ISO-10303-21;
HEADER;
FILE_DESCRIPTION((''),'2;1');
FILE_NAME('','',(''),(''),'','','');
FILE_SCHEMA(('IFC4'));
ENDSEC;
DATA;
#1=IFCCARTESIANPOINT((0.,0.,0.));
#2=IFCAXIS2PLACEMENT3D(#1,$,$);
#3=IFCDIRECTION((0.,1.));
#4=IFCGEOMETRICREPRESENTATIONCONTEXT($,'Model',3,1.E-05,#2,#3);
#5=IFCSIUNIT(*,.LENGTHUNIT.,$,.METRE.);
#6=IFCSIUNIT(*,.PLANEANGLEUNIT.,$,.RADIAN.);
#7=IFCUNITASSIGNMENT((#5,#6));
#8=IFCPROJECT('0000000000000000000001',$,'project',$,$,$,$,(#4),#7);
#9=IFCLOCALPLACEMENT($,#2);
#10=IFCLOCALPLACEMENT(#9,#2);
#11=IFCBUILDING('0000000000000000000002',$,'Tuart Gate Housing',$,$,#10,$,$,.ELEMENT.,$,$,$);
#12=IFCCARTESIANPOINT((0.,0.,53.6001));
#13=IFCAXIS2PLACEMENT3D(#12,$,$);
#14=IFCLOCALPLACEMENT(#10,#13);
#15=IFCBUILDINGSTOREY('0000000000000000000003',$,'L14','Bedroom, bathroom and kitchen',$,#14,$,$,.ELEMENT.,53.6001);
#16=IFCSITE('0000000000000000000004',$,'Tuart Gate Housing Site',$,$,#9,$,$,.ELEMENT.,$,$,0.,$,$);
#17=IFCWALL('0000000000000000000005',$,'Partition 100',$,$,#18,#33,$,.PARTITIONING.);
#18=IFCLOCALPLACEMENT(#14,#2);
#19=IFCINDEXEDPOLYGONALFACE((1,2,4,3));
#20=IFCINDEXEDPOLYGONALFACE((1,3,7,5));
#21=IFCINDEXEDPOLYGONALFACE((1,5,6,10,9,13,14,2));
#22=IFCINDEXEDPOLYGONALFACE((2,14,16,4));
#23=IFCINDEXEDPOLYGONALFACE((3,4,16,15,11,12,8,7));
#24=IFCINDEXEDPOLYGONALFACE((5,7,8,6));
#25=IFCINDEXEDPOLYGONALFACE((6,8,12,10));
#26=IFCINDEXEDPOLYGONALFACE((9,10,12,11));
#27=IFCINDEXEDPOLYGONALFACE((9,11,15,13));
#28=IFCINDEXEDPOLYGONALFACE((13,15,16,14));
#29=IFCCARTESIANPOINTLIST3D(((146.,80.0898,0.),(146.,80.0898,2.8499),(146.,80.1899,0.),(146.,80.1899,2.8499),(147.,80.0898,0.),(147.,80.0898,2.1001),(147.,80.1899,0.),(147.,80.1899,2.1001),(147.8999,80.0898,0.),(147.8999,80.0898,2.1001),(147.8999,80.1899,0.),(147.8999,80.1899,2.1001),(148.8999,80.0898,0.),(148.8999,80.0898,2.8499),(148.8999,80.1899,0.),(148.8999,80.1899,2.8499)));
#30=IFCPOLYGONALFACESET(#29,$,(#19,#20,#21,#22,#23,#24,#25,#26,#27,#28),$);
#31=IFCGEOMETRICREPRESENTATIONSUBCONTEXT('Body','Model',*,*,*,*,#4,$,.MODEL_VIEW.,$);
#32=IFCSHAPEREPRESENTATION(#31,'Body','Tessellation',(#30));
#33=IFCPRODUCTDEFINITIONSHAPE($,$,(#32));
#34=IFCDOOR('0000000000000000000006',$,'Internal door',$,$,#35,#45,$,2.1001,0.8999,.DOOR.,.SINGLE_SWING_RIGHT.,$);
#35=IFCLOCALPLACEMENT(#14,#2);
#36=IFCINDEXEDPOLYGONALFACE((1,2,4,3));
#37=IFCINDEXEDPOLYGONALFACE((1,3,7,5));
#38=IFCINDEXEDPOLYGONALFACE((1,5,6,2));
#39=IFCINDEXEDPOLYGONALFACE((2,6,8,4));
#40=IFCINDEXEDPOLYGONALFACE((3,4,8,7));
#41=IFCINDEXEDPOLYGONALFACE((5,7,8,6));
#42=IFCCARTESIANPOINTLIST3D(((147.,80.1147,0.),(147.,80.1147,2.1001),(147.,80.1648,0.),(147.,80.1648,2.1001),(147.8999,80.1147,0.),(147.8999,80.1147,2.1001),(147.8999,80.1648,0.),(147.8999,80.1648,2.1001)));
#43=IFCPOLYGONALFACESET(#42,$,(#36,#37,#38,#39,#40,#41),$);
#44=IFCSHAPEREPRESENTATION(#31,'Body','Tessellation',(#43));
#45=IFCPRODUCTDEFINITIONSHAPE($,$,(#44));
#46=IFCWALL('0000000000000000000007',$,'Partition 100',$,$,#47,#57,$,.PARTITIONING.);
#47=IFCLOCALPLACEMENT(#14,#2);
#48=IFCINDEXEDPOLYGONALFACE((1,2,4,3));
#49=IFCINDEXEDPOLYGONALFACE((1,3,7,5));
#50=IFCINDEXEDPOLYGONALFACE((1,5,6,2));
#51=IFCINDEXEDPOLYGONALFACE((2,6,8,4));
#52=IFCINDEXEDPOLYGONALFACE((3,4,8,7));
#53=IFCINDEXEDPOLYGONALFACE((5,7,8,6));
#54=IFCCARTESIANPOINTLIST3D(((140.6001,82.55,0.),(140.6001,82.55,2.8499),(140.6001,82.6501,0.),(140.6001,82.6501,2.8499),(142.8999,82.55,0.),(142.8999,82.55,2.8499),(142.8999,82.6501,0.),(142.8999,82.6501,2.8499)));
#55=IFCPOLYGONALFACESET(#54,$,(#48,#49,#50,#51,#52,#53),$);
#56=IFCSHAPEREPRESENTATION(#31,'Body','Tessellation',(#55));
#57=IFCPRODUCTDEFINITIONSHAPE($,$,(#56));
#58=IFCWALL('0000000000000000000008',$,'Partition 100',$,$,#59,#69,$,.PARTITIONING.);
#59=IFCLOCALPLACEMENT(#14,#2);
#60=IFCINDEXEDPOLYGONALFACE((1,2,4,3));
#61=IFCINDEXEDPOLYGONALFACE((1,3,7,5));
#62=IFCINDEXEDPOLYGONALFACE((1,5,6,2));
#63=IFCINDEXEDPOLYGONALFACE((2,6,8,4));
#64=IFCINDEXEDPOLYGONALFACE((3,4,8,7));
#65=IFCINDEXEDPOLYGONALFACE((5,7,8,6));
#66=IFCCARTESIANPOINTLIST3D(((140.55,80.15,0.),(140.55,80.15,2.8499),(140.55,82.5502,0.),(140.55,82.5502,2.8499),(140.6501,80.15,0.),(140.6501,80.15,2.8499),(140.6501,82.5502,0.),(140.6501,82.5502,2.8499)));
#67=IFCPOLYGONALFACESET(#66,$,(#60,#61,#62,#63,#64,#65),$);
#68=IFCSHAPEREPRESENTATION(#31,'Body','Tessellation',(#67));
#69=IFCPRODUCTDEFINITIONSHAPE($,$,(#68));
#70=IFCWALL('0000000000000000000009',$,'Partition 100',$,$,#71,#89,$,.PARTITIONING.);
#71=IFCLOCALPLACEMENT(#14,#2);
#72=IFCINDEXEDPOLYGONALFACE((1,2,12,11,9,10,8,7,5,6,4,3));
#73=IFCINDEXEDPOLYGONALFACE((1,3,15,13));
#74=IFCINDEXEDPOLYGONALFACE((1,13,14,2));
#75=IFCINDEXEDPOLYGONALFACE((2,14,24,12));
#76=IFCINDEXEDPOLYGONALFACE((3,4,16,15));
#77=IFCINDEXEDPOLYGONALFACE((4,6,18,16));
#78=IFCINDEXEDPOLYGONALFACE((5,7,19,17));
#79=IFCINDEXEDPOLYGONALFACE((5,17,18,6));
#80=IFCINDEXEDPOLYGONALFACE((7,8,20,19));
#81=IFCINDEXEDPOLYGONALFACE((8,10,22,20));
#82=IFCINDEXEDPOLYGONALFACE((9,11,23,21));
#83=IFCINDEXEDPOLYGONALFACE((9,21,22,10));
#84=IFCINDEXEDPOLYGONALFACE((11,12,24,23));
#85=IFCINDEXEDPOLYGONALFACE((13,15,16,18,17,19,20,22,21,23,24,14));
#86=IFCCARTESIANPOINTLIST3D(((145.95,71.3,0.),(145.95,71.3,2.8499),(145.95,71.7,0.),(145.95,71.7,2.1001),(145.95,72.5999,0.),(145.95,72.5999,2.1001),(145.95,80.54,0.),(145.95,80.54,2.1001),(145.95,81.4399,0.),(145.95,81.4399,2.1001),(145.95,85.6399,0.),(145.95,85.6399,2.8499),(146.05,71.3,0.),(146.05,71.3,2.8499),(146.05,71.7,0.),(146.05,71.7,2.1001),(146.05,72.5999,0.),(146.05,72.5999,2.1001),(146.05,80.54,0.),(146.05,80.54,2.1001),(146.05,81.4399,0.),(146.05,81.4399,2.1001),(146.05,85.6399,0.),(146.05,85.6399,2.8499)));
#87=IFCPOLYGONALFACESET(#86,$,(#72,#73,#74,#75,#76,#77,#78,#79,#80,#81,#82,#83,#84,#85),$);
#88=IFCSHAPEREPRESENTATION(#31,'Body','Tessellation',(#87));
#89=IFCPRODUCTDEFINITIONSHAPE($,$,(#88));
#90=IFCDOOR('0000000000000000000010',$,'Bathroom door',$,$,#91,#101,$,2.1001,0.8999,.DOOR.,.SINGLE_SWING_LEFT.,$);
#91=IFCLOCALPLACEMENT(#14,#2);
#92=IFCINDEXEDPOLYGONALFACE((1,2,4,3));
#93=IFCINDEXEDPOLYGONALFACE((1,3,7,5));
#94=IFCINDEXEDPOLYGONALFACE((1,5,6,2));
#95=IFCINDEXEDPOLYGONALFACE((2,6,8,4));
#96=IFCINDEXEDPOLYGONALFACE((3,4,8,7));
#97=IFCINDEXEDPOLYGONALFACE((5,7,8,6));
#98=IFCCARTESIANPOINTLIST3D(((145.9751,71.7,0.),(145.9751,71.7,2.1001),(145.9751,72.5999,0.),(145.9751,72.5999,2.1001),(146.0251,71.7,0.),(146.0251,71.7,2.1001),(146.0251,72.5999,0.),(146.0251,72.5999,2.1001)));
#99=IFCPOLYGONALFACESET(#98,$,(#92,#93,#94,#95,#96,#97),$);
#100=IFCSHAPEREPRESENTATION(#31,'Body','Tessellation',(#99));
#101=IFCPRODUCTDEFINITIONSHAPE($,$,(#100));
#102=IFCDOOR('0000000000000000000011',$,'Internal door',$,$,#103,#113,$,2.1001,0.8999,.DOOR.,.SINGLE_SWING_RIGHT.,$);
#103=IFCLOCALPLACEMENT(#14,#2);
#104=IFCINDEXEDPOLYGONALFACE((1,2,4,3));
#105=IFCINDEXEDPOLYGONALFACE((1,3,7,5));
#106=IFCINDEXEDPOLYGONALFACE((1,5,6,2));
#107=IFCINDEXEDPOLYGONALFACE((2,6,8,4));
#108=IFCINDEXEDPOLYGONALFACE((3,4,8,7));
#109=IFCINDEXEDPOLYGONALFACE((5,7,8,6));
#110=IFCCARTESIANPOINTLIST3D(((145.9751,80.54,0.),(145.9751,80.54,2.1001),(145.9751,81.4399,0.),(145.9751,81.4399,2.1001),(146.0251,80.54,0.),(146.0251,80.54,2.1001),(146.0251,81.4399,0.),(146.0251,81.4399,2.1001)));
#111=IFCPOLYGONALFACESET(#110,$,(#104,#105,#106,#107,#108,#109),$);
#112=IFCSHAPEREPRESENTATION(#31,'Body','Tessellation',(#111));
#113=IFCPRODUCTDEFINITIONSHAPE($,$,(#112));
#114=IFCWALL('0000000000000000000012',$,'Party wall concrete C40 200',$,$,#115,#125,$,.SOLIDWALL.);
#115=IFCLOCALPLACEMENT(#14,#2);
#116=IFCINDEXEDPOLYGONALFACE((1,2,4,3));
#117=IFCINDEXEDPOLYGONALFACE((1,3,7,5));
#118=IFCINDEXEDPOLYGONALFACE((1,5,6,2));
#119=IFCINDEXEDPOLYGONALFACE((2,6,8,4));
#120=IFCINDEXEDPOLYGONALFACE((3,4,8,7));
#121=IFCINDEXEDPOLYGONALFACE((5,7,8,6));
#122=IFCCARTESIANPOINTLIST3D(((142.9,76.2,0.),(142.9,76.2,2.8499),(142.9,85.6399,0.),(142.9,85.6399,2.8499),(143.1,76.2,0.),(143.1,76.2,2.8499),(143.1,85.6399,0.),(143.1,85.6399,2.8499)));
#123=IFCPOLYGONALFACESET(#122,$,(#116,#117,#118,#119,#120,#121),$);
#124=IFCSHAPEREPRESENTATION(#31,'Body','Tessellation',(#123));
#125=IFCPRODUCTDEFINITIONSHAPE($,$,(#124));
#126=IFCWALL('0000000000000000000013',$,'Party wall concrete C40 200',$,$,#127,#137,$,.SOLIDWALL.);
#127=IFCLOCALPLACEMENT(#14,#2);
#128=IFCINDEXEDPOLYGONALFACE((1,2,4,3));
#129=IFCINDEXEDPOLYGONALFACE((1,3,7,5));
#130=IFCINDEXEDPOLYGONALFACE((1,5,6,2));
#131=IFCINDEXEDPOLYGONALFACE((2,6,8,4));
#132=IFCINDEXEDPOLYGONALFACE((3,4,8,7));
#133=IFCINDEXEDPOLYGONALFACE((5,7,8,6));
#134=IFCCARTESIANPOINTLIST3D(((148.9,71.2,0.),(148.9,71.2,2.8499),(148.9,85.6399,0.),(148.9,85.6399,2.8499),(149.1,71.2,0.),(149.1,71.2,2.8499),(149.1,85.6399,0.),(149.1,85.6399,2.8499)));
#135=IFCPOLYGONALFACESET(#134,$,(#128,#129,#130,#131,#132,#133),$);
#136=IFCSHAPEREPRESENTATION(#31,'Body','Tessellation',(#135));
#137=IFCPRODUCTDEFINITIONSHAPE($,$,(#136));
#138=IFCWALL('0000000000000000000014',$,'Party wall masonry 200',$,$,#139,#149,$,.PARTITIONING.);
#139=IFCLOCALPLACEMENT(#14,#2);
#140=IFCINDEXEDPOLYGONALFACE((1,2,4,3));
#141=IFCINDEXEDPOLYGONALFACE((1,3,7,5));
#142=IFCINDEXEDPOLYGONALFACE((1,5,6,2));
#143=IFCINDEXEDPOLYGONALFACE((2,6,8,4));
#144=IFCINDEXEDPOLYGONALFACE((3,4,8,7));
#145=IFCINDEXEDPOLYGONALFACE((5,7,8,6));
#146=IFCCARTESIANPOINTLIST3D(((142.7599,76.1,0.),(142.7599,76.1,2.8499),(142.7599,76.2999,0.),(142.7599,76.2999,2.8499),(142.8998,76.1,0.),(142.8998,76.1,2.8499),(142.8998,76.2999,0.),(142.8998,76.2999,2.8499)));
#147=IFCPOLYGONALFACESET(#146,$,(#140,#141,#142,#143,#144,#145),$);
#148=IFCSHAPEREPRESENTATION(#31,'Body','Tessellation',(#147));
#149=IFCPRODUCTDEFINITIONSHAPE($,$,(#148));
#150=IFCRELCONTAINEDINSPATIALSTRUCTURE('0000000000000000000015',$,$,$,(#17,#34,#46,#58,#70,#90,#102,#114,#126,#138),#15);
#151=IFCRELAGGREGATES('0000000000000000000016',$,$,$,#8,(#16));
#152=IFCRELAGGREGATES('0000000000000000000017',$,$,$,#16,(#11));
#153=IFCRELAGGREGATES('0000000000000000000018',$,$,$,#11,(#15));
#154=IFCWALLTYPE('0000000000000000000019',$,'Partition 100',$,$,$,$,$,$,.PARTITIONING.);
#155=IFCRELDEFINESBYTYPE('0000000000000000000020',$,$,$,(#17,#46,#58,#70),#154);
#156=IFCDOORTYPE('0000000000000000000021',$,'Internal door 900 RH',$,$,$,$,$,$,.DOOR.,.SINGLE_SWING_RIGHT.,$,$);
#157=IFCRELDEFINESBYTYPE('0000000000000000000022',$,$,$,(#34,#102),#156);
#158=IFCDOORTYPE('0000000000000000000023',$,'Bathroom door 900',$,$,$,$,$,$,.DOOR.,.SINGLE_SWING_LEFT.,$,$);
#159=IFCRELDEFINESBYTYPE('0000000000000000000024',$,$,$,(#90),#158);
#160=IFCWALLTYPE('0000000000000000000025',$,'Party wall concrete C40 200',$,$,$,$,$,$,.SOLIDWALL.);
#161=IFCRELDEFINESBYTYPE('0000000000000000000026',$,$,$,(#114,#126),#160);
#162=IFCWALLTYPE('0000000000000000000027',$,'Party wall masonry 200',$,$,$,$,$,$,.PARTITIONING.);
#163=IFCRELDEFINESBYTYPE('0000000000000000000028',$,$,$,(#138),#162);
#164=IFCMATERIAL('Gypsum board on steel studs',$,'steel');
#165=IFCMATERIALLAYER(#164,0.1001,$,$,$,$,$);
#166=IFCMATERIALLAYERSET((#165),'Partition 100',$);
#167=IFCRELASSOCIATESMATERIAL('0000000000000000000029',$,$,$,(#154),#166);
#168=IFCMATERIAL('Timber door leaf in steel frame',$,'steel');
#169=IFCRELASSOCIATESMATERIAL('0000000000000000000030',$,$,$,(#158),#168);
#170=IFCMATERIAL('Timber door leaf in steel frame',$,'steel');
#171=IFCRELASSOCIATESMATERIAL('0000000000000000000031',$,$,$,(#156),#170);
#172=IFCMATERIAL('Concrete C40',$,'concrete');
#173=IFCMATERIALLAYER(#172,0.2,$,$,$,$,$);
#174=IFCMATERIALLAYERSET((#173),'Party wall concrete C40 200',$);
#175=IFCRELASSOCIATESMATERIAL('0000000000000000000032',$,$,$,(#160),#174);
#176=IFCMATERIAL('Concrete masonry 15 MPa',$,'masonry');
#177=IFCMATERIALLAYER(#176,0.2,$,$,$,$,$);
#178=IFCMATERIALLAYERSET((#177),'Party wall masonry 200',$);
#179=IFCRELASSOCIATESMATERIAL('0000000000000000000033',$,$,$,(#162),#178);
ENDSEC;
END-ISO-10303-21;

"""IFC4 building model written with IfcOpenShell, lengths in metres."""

from ifc_helpers import new_model, si_unit, direction, frame, frame_2d, origin, place, context, subcontext, project, spatial, rectangle, extrude, material, layer, layer_set, type_object, element, fill, save


model = new_model("IFC4")

# Units and contexts
model_context = context("Model", 3, precision=1e-05, world=origin(), true_north=direction((0.0, 1.0)))
body_context = subcontext(model_context, "Body", "Model", "MODEL_VIEW")
ifc_project = project(units=[si_unit("LENGTHUNIT", "METRE"), si_unit("PLANEANGLEUNIT", "RADIAN")], contexts=[model_context])

# Site, building, storey
site_placement = place(None, origin())
site = spatial("IfcSite", under=ifc_project, at=site_placement, Name="Tuart Gate Housing Site", CompositionType="ELEMENT", RefElevation=0.0)
building_placement = place(site_placement, origin())
building = spatial("IfcBuilding", under=site, at=building_placement, Name="Tuart Gate Housing", CompositionType="ELEMENT")
storey_placement = place(building_placement, frame((0.0, 0.0, 53.6001)))
storey = spatial("IfcBuildingStorey", under=building, at=storey_placement, Name="L14", Description="Bedroom, bathroom and kitchen", CompositionType="ELEMENT", Elevation=53.6001)

# Shared definitions
ifc_material_1 = material(Name="Gypsum board on steel studs", Category="steel")
ifc_layer_1 = layer(ifc_material_1, 0.1001)
ifc_layer_set_1 = layer_set([ifc_layer_1], Name="Partition 100")
wall_type_1 = type_object("IfcWallType", Name="Partition 100", PredefinedType="PARTITIONING", material=ifc_layer_set_1)

# Shared definitions
ifc_material_2 = material(Name="Timber door leaf in steel frame", Category="steel")
door_type_1 = type_object("IfcDoorType", Name="Bathroom door 900", OperationType="SINGLE_SWING_LEFT", PredefinedType="DOOR", material=ifc_material_2)
ifc_material_3 = material(Name="Timber door leaf in steel frame", Category="steel")
door_type_2 = type_object("IfcDoorType", Name="Internal door 900 RH", OperationType="SINGLE_SWING_RIGHT", PredefinedType="DOOR", material=ifc_material_3)

# Wall, opening, door
wall_1_placement = place(storey_placement, frame((146.0, 80.1399, 0.0), z_axis=(0.0, 0.0, 1.0), x_axis=(1.0, 0.0, 0.0)))
wall_1 = element("IfcWall", 1, at=wall_1_placement, inside=storey, type_object=wall_type_1, Name="Partition 100", PredefinedType="PARTITIONING", context=body_context, shape_type="SweptSolid", body=[
    extrude(rectangle(XDim=2.8999, YDim=0.1001, at=frame_2d((1.45, 0.0))), origin(), (0.0, 0.0, 1.0), 2.8499),
])
opening_1_placement = place(wall_1_placement, frame((1.0, 0.0, 0.0)))
opening_1 = element("IfcOpeningElement", 2, at=opening_1_placement, cuts=wall_1, PredefinedType="OPENING", context=body_context, shape_type="SweptSolid", body=[
    extrude(rectangle(XDim=0.8999, YDim=2.1001, at=frame_2d((0.45, 1.05))), frame((0.0, 0.0601, 0.0), z_axis=(0.0, -1.0, 0.0), x_axis=(1.0, 0.0, 0.0)), (0.0, 0.0, 1.0), 0.1201),
])
door_1_placement = place(opening_1_placement, frame((0.8999, 0.0, 0.0), z_axis=(0.0, 0.0, 1.0), x_axis=(-1.0, 0.0, 0.0)))
door_1 = element("IfcDoor", 3, at=door_1_placement, inside=storey, type_object=door_type_2, Name="Internal door", OperationType="SINGLE_SWING_RIGHT", OverallHeight=2.1001, OverallWidth=0.8999, PredefinedType="DOOR", context=body_context, shape_type="SweptSolid", body=[
    extrude(rectangle(XDim=0.8999, YDim=2.1001, at=frame_2d((0.45, 1.05))), frame((0.0, 0.0251, 0.0), z_axis=(0.0, -1.0, 0.0), x_axis=(1.0, 0.0, 0.0)), (0.0, 0.0, 1.0), 0.05),
])
fill(opening_1, door_1)

# Walls
wall_2_placement = place(storey_placement, frame((140.6001, 82.6001, 0.0), z_axis=(0.0, 0.0, 1.0), x_axis=(1.0, 0.0, 0.0)))
element("IfcWall", 4, at=wall_2_placement, inside=storey, type_object=wall_type_1, Name="Partition 100", PredefinedType="PARTITIONING", context=body_context, shape_type="SweptSolid", body=[
    extrude(rectangle(XDim=2.2998, YDim=0.1001, at=frame_2d((1.1499, 0.0))), origin(), (0.0, 0.0, 1.0), 2.8499),
])
wall_3_placement = place(storey_placement, frame((140.6001, 80.1499, 0.0), z_axis=(0.0, 0.0, 1.0), x_axis=(0.0, 1.0, 0.0)))
element("IfcWall", 5, at=wall_3_placement, inside=storey, type_object=wall_type_1, Name="Partition 100", PredefinedType="PARTITIONING", context=body_context, shape_type="SweptSolid", body=[
    extrude(rectangle(XDim=2.4001, YDim=0.1001, at=frame_2d((1.2002, 0.0))), origin(), (0.0, 0.0, 1.0), 2.8499),
])

# Wall, openings, doors
wall_4_placement = place(storey_placement, frame((146.0, 71.3, 0.0), z_axis=(0.0, 0.0, 1.0), x_axis=(0.0, 1.0, 0.0)))
wall_4 = element("IfcWall", 6, at=wall_4_placement, inside=storey, type_object=wall_type_1, Name="Partition 100", PredefinedType="PARTITIONING", context=body_context, shape_type="SweptSolid", body=[
    extrude(rectangle(XDim=14.3398, YDim=0.1001, at=frame_2d((7.1699, 0.0))), origin(), (0.0, 0.0, 1.0), 2.8499),
])
opening_2_placement = place(wall_4_placement, frame((9.24, 0.0, 0.0)))
opening_2 = element("IfcOpeningElement", 7, at=opening_2_placement, cuts=wall_4, PredefinedType="OPENING", context=body_context, shape_type="SweptSolid", body=[
    extrude(rectangle(XDim=0.8999, YDim=2.1001, at=frame_2d((0.45, 1.05))), frame((0.0, 0.0601, 0.0), z_axis=(0.0, -1.0, 0.0), x_axis=(1.0, 0.0, 0.0)), (0.0, 0.0, 1.0), 0.1201),
])
opening_3_placement = place(wall_4_placement, frame((0.3999, 0.0, 0.0)))
opening_3 = element("IfcOpeningElement", 8, at=opening_3_placement, cuts=wall_4, PredefinedType="OPENING", context=body_context, shape_type="SweptSolid", body=[
    extrude(rectangle(XDim=0.8999, YDim=2.1001, at=frame_2d((0.45, 1.05))), frame((0.0, 0.0601, 0.0), z_axis=(0.0, -1.0, 0.0), x_axis=(1.0, 0.0, 0.0)), (0.0, 0.0, 1.0), 0.1201),
])
door_2_placement = place(opening_3_placement, origin())
door_2 = element("IfcDoor", 9, at=door_2_placement, inside=storey, type_object=door_type_1, Name="Bathroom door", OperationType="SINGLE_SWING_LEFT", OverallHeight=2.1001, OverallWidth=0.8999, PredefinedType="DOOR", context=body_context, shape_type="SweptSolid", body=[
    extrude(rectangle(XDim=0.8999, YDim=2.1001, at=frame_2d((0.45, 1.05))), frame((0.0, 0.0249, 0.0), z_axis=(0.0, -1.0, 0.0), x_axis=(1.0, 0.0, 0.0)), (0.0, 0.0, 1.0), 0.05),
])
fill(opening_3, door_2)
door_3_placement = place(opening_2_placement, origin())
door_3 = element("IfcDoor", 10, at=door_3_placement, inside=storey, type_object=door_type_2, Name="Internal door", OperationType="SINGLE_SWING_RIGHT", OverallHeight=2.1001, OverallWidth=0.8999, PredefinedType="DOOR", context=body_context, shape_type="SweptSolid", body=[
    extrude(rectangle(XDim=0.8999, YDim=2.1001, at=frame_2d((0.45, 1.05))), frame((0.0, 0.0249, 0.0), z_axis=(0.0, -1.0, 0.0), x_axis=(1.0, 0.0, 0.0)), (0.0, 0.0, 1.0), 0.05),
])
fill(opening_2, door_3)

# Walls
ifc_material_4 = material(Name="Concrete C40", Category="concrete")
ifc_layer_2 = layer(ifc_material_4, 0.2)
ifc_layer_set_2 = layer_set([ifc_layer_2], Name="Party wall concrete C40 200")
wall_type_2 = type_object("IfcWallType", Name="Party wall concrete C40 200", PredefinedType="SOLIDWALL", material=ifc_layer_set_2)
wall_5_placement = place(storey_placement, frame((143.0, 76.2, 0.0), z_axis=(0.0, 0.0, 1.0), x_axis=(0.0, 1.0, 0.0)))
element("IfcWall", 11, at=wall_5_placement, inside=storey, type_object=wall_type_2, Name="Party wall concrete C40 200", PredefinedType="SOLIDWALL", context=body_context, shape_type="SweptSolid", body=[
    extrude(rectangle(XDim=9.4399, YDim=0.2, at=frame_2d((4.72, 0.0))), origin(), (0.0, 0.0, 1.0), 2.8499),
])
wall_6_placement = place(storey_placement, frame((149.0, 71.2, 0.0), z_axis=(0.0, 0.0, 1.0), x_axis=(0.0, 1.0, 0.0)))
element("IfcWall", 12, at=wall_6_placement, inside=storey, type_object=wall_type_2, Name="Party wall concrete C40 200", PredefinedType="SOLIDWALL", context=body_context, shape_type="SweptSolid", body=[
    extrude(rectangle(XDim=14.4399, YDim=0.2, at=frame_2d((7.22, 0.0))), origin(), (0.0, 0.0, 1.0), 2.8499),
])
ifc_material_5 = material(Name="Concrete masonry 15 MPa", Category="masonry")
ifc_layer_3 = layer(ifc_material_5, 0.2)
ifc_layer_set_3 = layer_set([ifc_layer_3], Name="Party wall masonry 200")
wall_type_3 = type_object("IfcWallType", Name="Party wall masonry 200", PredefinedType="PARTITIONING", material=ifc_layer_set_3)
wall_7_placement = place(storey_placement, frame((142.76, 76.2, 0.0), z_axis=(0.0, 0.0, 1.0), x_axis=(1.0, 0.0, 0.0)))
element("IfcWall", 13, at=wall_7_placement, inside=storey, type_object=wall_type_3, Name="Party wall masonry 200", PredefinedType="PARTITIONING", context=body_context, shape_type="SweptSolid", body=[
    extrude(rectangle(XDim=0.1399, YDim=0.2, at=frame_2d((0.0698, 0.0))), origin(), (0.0, 0.0, 1.0), 2.8499),
])

save(model, "model.ifc")
